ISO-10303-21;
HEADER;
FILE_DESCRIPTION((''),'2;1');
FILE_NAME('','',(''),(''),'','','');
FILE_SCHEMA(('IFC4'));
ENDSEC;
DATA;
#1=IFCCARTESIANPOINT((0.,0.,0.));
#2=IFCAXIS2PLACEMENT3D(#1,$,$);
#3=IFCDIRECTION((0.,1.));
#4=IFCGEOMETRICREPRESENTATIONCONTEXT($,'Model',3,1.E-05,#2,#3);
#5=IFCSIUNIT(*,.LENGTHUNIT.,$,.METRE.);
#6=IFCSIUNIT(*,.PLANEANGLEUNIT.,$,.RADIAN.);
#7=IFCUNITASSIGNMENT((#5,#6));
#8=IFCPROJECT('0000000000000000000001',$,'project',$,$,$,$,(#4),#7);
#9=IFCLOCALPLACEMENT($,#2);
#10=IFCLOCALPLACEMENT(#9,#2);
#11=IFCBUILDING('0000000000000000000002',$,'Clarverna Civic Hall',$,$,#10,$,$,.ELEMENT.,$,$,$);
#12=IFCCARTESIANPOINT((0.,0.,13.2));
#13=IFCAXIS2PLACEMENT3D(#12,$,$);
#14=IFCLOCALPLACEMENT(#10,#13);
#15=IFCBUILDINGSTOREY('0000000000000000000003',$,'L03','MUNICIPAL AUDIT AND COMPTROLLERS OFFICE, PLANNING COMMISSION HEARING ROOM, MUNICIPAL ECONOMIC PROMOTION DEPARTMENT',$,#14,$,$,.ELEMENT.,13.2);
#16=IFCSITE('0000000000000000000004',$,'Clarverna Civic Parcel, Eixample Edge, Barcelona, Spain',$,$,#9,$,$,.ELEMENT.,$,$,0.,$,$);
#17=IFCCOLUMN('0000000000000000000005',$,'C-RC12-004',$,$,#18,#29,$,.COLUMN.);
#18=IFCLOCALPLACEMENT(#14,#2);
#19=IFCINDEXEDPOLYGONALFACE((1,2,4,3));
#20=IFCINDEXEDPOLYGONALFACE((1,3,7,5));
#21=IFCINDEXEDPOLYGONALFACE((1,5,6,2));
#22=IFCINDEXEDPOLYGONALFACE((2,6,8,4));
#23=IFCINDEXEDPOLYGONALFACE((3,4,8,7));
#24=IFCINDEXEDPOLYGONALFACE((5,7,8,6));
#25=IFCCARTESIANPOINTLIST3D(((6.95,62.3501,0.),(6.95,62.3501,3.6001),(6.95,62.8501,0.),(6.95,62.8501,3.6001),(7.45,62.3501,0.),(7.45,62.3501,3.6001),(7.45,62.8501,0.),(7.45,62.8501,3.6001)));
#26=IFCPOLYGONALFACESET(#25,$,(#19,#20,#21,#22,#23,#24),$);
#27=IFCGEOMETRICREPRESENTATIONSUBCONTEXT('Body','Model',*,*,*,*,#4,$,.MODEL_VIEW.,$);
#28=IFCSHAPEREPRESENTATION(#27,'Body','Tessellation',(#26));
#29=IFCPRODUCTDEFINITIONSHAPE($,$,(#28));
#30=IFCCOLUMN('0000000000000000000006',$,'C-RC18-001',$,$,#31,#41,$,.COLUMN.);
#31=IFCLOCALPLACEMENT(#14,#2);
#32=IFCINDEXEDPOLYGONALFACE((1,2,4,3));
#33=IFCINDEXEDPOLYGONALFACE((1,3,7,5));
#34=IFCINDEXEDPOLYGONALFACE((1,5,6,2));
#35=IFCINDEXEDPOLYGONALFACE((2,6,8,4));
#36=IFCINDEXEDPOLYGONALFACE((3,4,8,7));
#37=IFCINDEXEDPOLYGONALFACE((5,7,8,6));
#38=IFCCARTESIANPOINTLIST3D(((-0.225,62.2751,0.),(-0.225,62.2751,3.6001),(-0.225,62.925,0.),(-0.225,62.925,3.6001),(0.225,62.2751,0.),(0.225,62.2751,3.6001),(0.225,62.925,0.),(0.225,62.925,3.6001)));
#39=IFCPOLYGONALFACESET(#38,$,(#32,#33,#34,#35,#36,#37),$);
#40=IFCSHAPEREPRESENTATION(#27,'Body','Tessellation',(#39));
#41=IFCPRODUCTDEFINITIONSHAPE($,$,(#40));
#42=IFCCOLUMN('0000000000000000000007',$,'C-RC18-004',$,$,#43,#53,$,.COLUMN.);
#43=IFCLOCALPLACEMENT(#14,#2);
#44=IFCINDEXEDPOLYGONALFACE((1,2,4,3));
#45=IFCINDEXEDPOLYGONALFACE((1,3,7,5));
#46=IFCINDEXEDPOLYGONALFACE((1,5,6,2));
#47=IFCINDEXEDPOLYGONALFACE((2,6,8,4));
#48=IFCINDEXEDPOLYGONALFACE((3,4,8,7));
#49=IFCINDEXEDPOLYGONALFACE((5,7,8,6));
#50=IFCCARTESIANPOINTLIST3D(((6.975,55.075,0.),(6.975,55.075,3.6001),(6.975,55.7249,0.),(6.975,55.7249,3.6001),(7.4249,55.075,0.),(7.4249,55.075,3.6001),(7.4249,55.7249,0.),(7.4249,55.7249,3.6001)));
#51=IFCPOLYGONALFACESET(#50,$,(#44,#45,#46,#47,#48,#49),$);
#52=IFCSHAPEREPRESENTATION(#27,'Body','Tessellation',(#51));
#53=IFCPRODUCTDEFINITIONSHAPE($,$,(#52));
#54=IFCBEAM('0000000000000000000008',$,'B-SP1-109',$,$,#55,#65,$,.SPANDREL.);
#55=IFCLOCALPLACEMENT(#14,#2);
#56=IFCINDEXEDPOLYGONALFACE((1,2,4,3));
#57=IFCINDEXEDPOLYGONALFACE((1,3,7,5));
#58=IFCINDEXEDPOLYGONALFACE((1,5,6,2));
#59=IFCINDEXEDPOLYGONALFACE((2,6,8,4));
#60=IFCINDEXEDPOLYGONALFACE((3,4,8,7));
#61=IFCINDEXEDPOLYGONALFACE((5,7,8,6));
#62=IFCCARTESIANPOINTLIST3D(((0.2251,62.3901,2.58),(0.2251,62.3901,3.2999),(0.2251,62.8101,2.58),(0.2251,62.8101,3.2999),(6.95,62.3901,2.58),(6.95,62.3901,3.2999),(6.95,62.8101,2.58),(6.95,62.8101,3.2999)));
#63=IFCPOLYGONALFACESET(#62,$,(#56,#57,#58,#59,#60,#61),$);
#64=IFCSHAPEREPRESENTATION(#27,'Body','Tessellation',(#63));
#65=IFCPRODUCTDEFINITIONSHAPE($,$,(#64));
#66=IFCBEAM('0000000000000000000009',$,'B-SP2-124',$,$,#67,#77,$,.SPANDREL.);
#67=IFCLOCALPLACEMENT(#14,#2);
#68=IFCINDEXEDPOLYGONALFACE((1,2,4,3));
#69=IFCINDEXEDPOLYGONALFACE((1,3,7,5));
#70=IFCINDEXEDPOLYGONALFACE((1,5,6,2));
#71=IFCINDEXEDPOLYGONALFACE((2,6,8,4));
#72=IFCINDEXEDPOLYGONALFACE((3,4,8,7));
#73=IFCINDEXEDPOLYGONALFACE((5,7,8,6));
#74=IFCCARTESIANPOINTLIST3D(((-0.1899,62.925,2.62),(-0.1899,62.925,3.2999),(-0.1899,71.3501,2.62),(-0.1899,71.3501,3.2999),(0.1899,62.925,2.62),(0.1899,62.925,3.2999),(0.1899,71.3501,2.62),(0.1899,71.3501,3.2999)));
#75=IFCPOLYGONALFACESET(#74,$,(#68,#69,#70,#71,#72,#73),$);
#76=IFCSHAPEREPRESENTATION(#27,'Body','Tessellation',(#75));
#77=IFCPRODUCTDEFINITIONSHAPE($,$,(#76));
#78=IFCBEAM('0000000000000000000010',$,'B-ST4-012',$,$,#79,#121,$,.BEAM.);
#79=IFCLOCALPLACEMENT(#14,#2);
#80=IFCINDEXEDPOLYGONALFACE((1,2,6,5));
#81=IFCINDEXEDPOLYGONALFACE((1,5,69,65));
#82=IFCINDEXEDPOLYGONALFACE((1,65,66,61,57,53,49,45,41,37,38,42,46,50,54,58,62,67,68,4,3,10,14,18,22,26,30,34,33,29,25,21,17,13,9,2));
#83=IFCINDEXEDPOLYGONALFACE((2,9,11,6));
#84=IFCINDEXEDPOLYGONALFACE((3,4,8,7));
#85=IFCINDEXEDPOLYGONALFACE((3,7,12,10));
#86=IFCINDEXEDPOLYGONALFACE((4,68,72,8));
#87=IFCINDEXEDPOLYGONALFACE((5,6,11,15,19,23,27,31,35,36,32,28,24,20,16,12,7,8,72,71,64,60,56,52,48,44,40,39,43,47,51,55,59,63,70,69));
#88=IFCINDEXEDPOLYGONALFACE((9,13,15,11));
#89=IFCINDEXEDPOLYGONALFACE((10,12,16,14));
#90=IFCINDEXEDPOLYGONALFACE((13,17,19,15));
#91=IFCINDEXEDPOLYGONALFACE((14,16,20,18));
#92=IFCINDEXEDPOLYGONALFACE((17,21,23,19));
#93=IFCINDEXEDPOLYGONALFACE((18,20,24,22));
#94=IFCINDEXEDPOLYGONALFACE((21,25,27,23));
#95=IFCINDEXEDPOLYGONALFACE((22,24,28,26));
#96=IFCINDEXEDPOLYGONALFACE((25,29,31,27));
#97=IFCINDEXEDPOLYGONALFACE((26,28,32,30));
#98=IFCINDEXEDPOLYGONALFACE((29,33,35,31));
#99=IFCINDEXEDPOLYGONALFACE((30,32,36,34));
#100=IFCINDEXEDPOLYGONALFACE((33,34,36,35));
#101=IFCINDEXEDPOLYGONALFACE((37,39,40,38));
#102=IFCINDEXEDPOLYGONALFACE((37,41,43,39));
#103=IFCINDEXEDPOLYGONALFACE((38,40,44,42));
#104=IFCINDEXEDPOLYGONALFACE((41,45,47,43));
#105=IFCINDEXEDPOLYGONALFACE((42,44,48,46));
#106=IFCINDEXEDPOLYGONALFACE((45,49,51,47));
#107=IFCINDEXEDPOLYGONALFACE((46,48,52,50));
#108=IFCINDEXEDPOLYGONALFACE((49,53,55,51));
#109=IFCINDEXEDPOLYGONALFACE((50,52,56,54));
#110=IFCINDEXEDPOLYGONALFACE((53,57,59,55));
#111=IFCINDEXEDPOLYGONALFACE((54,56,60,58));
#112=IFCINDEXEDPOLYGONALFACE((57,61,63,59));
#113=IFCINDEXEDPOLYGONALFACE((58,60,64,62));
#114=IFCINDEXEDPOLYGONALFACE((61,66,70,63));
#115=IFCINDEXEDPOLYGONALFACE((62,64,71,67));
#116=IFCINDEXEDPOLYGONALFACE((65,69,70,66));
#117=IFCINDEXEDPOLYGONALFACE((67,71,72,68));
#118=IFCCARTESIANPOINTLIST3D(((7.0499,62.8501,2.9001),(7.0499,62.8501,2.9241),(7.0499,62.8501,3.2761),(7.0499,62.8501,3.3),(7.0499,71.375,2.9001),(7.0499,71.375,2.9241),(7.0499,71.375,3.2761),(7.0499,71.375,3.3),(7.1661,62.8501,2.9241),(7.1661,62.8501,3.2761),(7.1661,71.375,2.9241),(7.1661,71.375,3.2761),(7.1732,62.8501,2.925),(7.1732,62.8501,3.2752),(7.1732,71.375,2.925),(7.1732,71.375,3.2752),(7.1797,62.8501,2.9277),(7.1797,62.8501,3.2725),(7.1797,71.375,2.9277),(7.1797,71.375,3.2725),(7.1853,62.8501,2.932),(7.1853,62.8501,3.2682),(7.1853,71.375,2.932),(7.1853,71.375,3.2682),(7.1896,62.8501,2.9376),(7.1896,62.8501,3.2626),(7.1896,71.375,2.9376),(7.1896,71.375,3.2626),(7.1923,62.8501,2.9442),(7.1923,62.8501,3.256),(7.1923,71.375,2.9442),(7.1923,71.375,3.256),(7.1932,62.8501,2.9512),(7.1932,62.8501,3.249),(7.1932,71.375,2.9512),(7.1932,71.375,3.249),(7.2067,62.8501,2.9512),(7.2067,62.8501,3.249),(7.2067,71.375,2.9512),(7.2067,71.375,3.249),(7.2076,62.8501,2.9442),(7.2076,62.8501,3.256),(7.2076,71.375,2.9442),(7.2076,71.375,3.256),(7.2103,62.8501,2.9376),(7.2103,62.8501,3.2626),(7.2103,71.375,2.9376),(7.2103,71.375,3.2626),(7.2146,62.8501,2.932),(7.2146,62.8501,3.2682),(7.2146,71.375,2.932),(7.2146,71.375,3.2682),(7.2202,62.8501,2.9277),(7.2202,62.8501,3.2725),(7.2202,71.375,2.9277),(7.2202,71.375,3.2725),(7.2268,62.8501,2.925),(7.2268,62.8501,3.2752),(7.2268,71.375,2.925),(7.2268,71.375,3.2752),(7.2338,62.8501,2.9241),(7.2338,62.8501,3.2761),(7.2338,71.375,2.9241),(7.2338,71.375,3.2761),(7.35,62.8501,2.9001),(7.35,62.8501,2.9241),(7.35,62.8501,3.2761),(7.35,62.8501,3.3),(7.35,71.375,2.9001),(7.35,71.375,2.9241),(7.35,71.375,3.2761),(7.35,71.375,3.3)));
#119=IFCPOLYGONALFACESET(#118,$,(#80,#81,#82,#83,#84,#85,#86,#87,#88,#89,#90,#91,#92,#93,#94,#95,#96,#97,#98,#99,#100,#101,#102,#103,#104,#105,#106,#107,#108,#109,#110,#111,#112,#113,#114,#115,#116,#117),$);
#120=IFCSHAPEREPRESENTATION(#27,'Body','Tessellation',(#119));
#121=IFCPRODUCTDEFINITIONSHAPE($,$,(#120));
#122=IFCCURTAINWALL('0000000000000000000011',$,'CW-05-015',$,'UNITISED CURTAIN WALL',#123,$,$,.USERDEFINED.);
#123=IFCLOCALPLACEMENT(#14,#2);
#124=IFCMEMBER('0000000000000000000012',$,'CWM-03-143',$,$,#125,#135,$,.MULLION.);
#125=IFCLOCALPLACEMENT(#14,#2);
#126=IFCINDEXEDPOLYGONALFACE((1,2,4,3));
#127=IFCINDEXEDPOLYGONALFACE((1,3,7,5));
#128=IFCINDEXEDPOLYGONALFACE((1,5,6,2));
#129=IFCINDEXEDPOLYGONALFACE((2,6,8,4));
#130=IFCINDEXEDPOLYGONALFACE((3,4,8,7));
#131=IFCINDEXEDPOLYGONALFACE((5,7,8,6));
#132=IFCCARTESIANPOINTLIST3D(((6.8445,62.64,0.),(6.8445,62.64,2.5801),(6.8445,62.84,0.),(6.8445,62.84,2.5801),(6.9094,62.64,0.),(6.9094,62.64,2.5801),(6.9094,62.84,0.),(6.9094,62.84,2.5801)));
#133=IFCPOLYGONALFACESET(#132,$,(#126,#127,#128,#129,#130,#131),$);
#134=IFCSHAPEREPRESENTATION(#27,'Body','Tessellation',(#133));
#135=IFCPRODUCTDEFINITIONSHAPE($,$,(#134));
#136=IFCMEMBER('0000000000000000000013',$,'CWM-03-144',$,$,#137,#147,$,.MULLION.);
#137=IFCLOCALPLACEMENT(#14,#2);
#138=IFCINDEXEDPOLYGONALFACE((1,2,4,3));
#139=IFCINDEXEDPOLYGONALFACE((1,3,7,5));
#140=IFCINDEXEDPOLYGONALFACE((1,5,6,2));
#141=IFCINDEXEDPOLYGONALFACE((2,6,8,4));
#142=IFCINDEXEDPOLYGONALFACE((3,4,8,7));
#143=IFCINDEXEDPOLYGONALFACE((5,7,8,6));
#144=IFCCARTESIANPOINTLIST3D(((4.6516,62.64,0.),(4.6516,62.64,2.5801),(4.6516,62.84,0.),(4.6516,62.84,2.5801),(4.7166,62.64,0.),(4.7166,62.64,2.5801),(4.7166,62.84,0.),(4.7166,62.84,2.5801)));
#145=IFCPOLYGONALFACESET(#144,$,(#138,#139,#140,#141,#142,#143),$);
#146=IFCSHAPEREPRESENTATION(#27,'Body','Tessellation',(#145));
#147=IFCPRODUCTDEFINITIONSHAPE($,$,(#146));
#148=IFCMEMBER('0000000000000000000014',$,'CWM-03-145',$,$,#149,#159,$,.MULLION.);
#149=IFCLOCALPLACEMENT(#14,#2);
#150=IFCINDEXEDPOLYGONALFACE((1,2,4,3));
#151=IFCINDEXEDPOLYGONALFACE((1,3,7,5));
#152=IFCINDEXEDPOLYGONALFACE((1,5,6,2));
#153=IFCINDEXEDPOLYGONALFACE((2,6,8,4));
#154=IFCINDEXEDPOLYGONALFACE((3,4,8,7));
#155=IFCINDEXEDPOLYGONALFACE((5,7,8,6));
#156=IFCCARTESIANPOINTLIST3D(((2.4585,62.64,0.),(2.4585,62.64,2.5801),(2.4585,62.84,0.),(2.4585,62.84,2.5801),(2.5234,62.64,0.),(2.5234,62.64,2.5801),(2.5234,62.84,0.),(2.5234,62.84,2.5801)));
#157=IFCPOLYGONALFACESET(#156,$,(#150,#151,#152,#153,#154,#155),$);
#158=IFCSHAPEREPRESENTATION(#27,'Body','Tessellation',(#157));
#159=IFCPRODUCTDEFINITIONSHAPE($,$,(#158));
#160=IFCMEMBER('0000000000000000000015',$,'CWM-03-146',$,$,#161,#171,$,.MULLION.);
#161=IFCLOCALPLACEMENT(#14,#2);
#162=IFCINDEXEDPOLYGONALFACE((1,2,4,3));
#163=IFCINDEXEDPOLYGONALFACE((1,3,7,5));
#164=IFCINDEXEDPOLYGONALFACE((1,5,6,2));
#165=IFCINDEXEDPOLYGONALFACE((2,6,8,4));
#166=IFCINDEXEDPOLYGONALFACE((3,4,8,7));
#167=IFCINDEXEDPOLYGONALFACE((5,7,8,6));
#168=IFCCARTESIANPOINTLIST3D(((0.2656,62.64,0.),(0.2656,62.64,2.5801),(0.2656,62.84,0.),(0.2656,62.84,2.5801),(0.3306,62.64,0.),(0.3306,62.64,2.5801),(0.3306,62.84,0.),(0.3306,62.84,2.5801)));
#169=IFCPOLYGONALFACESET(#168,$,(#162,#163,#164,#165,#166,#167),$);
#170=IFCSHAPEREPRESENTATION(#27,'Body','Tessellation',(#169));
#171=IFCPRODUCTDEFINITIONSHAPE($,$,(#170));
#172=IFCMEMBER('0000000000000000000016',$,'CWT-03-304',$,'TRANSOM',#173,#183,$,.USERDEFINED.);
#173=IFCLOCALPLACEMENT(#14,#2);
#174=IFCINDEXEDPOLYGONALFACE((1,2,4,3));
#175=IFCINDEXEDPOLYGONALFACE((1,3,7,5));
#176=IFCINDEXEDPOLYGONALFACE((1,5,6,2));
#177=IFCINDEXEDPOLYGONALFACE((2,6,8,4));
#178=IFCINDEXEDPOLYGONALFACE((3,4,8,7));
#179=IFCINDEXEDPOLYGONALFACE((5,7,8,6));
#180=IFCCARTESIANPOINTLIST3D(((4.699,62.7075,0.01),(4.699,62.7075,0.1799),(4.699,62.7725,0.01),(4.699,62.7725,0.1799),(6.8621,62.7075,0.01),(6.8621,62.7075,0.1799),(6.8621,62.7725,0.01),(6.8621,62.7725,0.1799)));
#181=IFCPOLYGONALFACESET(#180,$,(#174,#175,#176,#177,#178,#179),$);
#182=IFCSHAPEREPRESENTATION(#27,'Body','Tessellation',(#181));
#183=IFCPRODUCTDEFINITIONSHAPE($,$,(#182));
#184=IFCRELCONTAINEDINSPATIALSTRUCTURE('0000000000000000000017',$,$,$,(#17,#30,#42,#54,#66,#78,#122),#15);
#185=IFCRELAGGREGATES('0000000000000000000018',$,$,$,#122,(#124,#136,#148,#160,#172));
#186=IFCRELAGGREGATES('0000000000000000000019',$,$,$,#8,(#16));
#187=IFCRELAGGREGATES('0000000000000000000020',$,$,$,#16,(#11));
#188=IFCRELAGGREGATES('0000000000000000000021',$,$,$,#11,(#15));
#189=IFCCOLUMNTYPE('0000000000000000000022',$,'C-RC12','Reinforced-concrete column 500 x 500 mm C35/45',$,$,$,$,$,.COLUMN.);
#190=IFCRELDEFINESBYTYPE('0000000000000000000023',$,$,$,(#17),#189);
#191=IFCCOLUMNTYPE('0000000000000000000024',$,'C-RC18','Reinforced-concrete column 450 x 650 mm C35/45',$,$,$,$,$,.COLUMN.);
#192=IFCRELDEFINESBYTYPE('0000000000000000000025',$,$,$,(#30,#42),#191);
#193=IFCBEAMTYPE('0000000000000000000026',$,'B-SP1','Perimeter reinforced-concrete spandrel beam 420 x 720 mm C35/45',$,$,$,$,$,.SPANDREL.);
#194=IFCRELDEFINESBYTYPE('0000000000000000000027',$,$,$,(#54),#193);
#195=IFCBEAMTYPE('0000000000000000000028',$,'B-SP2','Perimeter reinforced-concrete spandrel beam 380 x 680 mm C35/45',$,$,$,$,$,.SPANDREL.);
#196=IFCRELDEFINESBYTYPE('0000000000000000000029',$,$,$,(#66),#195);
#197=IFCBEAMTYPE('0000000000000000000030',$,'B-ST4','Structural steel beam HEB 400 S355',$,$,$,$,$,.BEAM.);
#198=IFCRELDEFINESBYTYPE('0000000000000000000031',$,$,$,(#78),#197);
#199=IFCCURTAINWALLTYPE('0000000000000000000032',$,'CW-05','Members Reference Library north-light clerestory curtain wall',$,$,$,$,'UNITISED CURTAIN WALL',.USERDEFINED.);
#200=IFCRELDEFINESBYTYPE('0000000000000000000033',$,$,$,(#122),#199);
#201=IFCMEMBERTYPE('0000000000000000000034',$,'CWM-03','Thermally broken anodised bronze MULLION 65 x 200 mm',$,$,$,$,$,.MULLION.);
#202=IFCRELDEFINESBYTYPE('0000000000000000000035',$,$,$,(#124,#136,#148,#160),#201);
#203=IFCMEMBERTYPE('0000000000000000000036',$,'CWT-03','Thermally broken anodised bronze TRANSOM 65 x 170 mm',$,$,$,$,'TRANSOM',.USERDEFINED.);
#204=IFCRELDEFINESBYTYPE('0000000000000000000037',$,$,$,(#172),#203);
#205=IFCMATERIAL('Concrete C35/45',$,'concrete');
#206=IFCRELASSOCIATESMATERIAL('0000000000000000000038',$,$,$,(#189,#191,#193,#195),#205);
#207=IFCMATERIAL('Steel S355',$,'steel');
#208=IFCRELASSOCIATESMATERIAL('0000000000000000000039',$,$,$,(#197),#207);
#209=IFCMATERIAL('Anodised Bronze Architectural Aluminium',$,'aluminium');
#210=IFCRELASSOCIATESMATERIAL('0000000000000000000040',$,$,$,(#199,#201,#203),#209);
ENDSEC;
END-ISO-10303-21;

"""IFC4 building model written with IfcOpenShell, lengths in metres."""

from ifc_helpers import new_model, si_unit, direction, frame, origin, origin_2d, place, context, subcontext, project, spatial, rectangle, i_section, extrude, material, material_profile, profile_set, type_object, element, aggregate, save


model = new_model("IFC4")

# Units and contexts
model_context = context("Model", 3, precision=1e-05, world=origin(), true_north=direction((0.0, 1.0)))
body_context = subcontext(model_context, "Body", "Model", "MODEL_VIEW")
ifc_project = project(units=[si_unit("LENGTHUNIT", "METRE"), si_unit("PLANEANGLEUNIT", "RADIAN")], contexts=[model_context])

# Site, building, storey
site_placement = place(None, origin())
site = spatial("IfcSite", under=ifc_project, at=site_placement, Name="Clarverna Civic Parcel, Eixample Edge, Barcelona, Spain", CompositionType="ELEMENT", RefElevation=0.0)
building_placement = place(site_placement, origin())
building = spatial("IfcBuilding", under=site, at=building_placement, Name="Clarverna Civic Hall", CompositionType="ELEMENT")
storey_placement = place(building_placement, frame((0.0, 0.0, 13.2)))
storey = spatial("IfcBuildingStorey", under=building, at=storey_placement, Name="L03", Description="MUNICIPAL AUDIT AND COMPTROLLERS OFFICE, PLANNING COMMISSION HEARING ROOM, MUNICIPAL ECONOMIC PROMOTION DEPARTMENT", CompositionType="ELEMENT", Elevation=13.2)

# Columns
ifc_material_1 = material(Name="Concrete C35/45", Category="concrete")
ifc_material_profile_1 = material_profile(ifc_material_1, rectangle(XDim=0.5, YDim=0.5, at=origin_2d()), Name="RC 500x500")
ifc_profile_set_1 = profile_set([ifc_material_profile_1], Name="Concrete C35/45")
column_type_1 = type_object("IfcColumnType", Name="C-RC12", Description="Reinforced-concrete column 500 x 500 mm C35/45", PredefinedType="COLUMN", material=ifc_profile_set_1)
column_placement = place(storey_placement, frame((7.2, 62.6001, 0.0), z_axis=(0.0, 0.0, 1.0), x_axis=(1.0, 0.0, 0.0)))
element("IfcColumn", 1, at=column_placement, inside=storey, type_object=column_type_1, Name="C-RC12-004", PredefinedType="COLUMN", context=body_context, shape_type="SweptSolid", body=[
    extrude(rectangle(XDim=0.5, YDim=0.5, at=origin_2d()), origin(), (0.0, 0.0, 1.0), 3.6001),
])
ifc_material_profile_2 = material_profile(ifc_material_1, rectangle(XDim=0.45, YDim=0.6499, at=origin_2d()), Name="RC 450x650")
ifc_profile_set_2 = profile_set([ifc_material_profile_2], Name="Concrete C35/45")
column_type_2 = type_object("IfcColumnType", Name="C-RC18", Description="Reinforced-concrete column 450 x 650 mm C35/45", PredefinedType="COLUMN", material=ifc_profile_set_2)
for number, where, z_axis, x_axis, name in (
    (2, (0.0, 62.6001, 0.0), (0.0, 0.0, 1.0), (1.0, 0.0, 0.0), "C-RC18-001"),
    (3, (7.2, 55.3999, 0.0), (0.0, 0.0, 1.0), (1.0, 0.0, 0.0), "C-RC18-004"),
):
    element("IfcColumn", number, at=place(storey_placement, frame(where, z_axis=z_axis, x_axis=x_axis)), inside=storey, type_object=column_type_2, Name=name, PredefinedType="COLUMN", context=body_context, shape_type="SweptSolid", body=[
        extrude(rectangle(XDim=0.45, YDim=0.6499, at=origin_2d()), origin(), (0.0, 0.0, 1.0), 3.6001),
    ])

# Beams
ifc_material_profile_3 = material_profile(ifc_material_1, rectangle(XDim=0.4199, YDim=0.72, at=origin_2d()), Name="RC 420x720")
ifc_profile_set_3 = profile_set([ifc_material_profile_3], Name="Concrete C35/45")
beam_type_1 = type_object("IfcBeamType", Name="B-SP1", Description="Perimeter reinforced-concrete spandrel beam 420 x 720 mm C35/45", PredefinedType="SPANDREL", material=ifc_profile_set_3)
beam_1_placement = place(storey_placement, frame((0.2251, 62.6001, 2.9399), z_axis=(1.0, 0.0, 0.0), x_axis=(0.0, 1.0, 0.0)))
element("IfcBeam", 4, at=beam_1_placement, inside=storey, type_object=beam_type_1, Name="B-SP1-109", PredefinedType="SPANDREL", context=body_context, shape_type="SweptSolid", body=[
    extrude(rectangle(XDim=0.4199, YDim=0.72, at=origin_2d()), origin(), (0.0, 0.0, 1.0), 6.7249),
])
ifc_material_profile_4 = material_profile(ifc_material_1, rectangle(XDim=0.3799, YDim=0.6799, at=origin_2d()), Name="RC 380x680")
ifc_profile_set_4 = profile_set([ifc_material_profile_4], Name="Concrete C35/45")
beam_type_2 = type_object("IfcBeamType", Name="B-SP2", Description="Perimeter reinforced-concrete spandrel beam 380 x 680 mm C35/45", PredefinedType="SPANDREL", material=ifc_profile_set_4)
beam_2_placement = place(storey_placement, frame((0.0, 62.925, 2.96), z_axis=(0.0, 1.0, 0.0), x_axis=(-1.0, 0.0, 0.0)))
element("IfcBeam", 5, at=beam_2_placement, inside=storey, type_object=beam_type_2, Name="B-SP2-124", PredefinedType="SPANDREL", context=body_context, shape_type="SweptSolid", body=[
    extrude(rectangle(XDim=0.3799, YDim=0.6799, at=origin_2d()), origin(), (0.0, 0.0, 1.0), 8.425),
])
ifc_material_2 = material(Name="Steel S355", Category="steel")
ifc_material_profile_5 = material_profile(ifc_material_2, i_section(OverallWidth=0.3, OverallDepth=0.3999, WebThickness=0.0134, FlangeThickness=0.0239, FilletRadius=0.0271, at=origin_2d()), Name="HEB 400")
ifc_profile_set_5 = profile_set([ifc_material_profile_5], Name="Steel S355")
beam_type_3 = type_object("IfcBeamType", Name="B-ST4", Description="Structural steel beam HEB 400 S355", PredefinedType="BEAM", material=ifc_profile_set_5)
beam_3_placement = place(storey_placement, frame((7.2, 62.8501, 3.1001), z_axis=(0.0, 1.0, 0.0), x_axis=(-1.0, 0.0, 0.0)))
element("IfcBeam", 6, at=beam_3_placement, inside=storey, type_object=beam_type_3, Name="B-ST4-012", PredefinedType="BEAM", context=body_context, shape_type="SweptSolid", body=[
    extrude(i_section(OverallWidth=0.3, OverallDepth=0.3999, WebThickness=0.0134, FlangeThickness=0.0239, FilletRadius=0.0271, at=origin_2d()), origin(), (0.0, 0.0, 1.0), 8.5249),
])

# Curtain wall, members
ifc_material_3 = material(Name="Anodised Bronze Architectural Aluminium", Category="aluminium")
curtain_wall_type = type_object("IfcCurtainWallType", Name="CW-05", Description="Members Reference Library north-light clerestory curtain wall", ElementType="UNITISED CURTAIN WALL", PredefinedType="USERDEFINED", material=ifc_material_3)
curtain_wall_placement = place(storey_placement, origin())
curtain_wall = element("IfcCurtainWall", 7, at=curtain_wall_placement, inside=storey, type_object=curtain_wall_type, Name="CW-05-015", ObjectType="UNITISED CURTAIN WALL", PredefinedType="USERDEFINED")
ifc_material_profile_6 = material_profile(ifc_material_3, rectangle(XDim=0.0649, YDim=0.2, at=origin_2d()), Name="BRONZE 65x200")
ifc_profile_set_6 = profile_set([ifc_material_profile_6], Name="Anodised Bronze Architectural Aluminium")
member_type_1 = type_object("IfcMemberType", Name="CWM-03", Description="Thermally broken anodised bronze MULLION 65 x 200 mm", PredefinedType="MULLION", material=ifc_profile_set_6)
member_1_placement = place(storey_placement, frame((6.877, 62.74, 0.0), z_axis=(0.0, 0.0, 1.0), x_axis=(1.0, 0.0, 0.0)))
member_1 = element("IfcMember", 8, at=member_1_placement, type_object=member_type_1, Name="CWM-03-143", PredefinedType="MULLION", context=body_context, shape_type="SweptSolid", body=[
    extrude(rectangle(XDim=0.0649, YDim=0.2, at=origin_2d()), origin(), (0.0, 0.0, 1.0), 2.5801),
])
member_2_placement = place(storey_placement, frame((4.6841, 62.74, 0.0), z_axis=(0.0, 0.0, 1.0), x_axis=(1.0, 0.0, 0.0)))
member_2 = element("IfcMember", 9, at=member_2_placement, type_object=member_type_1, Name="CWM-03-144", PredefinedType="MULLION", context=body_context, shape_type="SweptSolid", body=[
    extrude(rectangle(XDim=0.0649, YDim=0.2, at=origin_2d()), origin(), (0.0, 0.0, 1.0), 2.5801),
])
member_3_placement = place(storey_placement, frame((2.491, 62.74, 0.0), z_axis=(0.0, 0.0, 1.0), x_axis=(1.0, 0.0, 0.0)))
member_3 = element("IfcMember", 10, at=member_3_placement, type_object=member_type_1, Name="CWM-03-145", PredefinedType="MULLION", context=body_context, shape_type="SweptSolid", body=[
    extrude(rectangle(XDim=0.0649, YDim=0.2, at=origin_2d()), origin(), (0.0, 0.0, 1.0), 2.5801),
])
member_4_placement = place(storey_placement, frame((0.2981, 62.74, 0.0), z_axis=(0.0, 0.0, 1.0), x_axis=(1.0, 0.0, 0.0)))
member_4 = element("IfcMember", 11, at=member_4_placement, type_object=member_type_1, Name="CWM-03-146", PredefinedType="MULLION", context=body_context, shape_type="SweptSolid", body=[
    extrude(rectangle(XDim=0.0649, YDim=0.2, at=origin_2d()), origin(), (0.0, 0.0, 1.0), 2.5801),
])
ifc_material_profile_7 = material_profile(ifc_material_3, rectangle(XDim=0.0649, YDim=0.1699, at=origin_2d()), Name="BRONZE 65x170")
ifc_profile_set_7 = profile_set([ifc_material_profile_7], Name="Anodised Bronze Architectural Aluminium")
member_type_2 = type_object("IfcMemberType", Name="CWT-03", Description="Thermally broken anodised bronze TRANSOM 65 x 170 mm", ElementType="TRANSOM", PredefinedType="USERDEFINED", material=ifc_profile_set_7)
member_5_placement = place(storey_placement, frame((6.8621, 62.74, 0.095), z_axis=(-1.0, 0.0, 0.0), x_axis=(0.0, -1.0, 0.0)))
member_5 = element("IfcMember", 12, at=member_5_placement, type_object=member_type_2, Name="CWT-03-304", ObjectType="TRANSOM", PredefinedType="USERDEFINED", context=body_context, shape_type="SweptSolid", body=[
    extrude(rectangle(XDim=0.0649, YDim=0.1699, at=origin_2d()), origin(), (0.0, 0.0, 1.0), 2.1631),
])

aggregate(curtain_wall, [member_1, member_2, member_3, member_4, member_5])

save(model, "model.ifc")
